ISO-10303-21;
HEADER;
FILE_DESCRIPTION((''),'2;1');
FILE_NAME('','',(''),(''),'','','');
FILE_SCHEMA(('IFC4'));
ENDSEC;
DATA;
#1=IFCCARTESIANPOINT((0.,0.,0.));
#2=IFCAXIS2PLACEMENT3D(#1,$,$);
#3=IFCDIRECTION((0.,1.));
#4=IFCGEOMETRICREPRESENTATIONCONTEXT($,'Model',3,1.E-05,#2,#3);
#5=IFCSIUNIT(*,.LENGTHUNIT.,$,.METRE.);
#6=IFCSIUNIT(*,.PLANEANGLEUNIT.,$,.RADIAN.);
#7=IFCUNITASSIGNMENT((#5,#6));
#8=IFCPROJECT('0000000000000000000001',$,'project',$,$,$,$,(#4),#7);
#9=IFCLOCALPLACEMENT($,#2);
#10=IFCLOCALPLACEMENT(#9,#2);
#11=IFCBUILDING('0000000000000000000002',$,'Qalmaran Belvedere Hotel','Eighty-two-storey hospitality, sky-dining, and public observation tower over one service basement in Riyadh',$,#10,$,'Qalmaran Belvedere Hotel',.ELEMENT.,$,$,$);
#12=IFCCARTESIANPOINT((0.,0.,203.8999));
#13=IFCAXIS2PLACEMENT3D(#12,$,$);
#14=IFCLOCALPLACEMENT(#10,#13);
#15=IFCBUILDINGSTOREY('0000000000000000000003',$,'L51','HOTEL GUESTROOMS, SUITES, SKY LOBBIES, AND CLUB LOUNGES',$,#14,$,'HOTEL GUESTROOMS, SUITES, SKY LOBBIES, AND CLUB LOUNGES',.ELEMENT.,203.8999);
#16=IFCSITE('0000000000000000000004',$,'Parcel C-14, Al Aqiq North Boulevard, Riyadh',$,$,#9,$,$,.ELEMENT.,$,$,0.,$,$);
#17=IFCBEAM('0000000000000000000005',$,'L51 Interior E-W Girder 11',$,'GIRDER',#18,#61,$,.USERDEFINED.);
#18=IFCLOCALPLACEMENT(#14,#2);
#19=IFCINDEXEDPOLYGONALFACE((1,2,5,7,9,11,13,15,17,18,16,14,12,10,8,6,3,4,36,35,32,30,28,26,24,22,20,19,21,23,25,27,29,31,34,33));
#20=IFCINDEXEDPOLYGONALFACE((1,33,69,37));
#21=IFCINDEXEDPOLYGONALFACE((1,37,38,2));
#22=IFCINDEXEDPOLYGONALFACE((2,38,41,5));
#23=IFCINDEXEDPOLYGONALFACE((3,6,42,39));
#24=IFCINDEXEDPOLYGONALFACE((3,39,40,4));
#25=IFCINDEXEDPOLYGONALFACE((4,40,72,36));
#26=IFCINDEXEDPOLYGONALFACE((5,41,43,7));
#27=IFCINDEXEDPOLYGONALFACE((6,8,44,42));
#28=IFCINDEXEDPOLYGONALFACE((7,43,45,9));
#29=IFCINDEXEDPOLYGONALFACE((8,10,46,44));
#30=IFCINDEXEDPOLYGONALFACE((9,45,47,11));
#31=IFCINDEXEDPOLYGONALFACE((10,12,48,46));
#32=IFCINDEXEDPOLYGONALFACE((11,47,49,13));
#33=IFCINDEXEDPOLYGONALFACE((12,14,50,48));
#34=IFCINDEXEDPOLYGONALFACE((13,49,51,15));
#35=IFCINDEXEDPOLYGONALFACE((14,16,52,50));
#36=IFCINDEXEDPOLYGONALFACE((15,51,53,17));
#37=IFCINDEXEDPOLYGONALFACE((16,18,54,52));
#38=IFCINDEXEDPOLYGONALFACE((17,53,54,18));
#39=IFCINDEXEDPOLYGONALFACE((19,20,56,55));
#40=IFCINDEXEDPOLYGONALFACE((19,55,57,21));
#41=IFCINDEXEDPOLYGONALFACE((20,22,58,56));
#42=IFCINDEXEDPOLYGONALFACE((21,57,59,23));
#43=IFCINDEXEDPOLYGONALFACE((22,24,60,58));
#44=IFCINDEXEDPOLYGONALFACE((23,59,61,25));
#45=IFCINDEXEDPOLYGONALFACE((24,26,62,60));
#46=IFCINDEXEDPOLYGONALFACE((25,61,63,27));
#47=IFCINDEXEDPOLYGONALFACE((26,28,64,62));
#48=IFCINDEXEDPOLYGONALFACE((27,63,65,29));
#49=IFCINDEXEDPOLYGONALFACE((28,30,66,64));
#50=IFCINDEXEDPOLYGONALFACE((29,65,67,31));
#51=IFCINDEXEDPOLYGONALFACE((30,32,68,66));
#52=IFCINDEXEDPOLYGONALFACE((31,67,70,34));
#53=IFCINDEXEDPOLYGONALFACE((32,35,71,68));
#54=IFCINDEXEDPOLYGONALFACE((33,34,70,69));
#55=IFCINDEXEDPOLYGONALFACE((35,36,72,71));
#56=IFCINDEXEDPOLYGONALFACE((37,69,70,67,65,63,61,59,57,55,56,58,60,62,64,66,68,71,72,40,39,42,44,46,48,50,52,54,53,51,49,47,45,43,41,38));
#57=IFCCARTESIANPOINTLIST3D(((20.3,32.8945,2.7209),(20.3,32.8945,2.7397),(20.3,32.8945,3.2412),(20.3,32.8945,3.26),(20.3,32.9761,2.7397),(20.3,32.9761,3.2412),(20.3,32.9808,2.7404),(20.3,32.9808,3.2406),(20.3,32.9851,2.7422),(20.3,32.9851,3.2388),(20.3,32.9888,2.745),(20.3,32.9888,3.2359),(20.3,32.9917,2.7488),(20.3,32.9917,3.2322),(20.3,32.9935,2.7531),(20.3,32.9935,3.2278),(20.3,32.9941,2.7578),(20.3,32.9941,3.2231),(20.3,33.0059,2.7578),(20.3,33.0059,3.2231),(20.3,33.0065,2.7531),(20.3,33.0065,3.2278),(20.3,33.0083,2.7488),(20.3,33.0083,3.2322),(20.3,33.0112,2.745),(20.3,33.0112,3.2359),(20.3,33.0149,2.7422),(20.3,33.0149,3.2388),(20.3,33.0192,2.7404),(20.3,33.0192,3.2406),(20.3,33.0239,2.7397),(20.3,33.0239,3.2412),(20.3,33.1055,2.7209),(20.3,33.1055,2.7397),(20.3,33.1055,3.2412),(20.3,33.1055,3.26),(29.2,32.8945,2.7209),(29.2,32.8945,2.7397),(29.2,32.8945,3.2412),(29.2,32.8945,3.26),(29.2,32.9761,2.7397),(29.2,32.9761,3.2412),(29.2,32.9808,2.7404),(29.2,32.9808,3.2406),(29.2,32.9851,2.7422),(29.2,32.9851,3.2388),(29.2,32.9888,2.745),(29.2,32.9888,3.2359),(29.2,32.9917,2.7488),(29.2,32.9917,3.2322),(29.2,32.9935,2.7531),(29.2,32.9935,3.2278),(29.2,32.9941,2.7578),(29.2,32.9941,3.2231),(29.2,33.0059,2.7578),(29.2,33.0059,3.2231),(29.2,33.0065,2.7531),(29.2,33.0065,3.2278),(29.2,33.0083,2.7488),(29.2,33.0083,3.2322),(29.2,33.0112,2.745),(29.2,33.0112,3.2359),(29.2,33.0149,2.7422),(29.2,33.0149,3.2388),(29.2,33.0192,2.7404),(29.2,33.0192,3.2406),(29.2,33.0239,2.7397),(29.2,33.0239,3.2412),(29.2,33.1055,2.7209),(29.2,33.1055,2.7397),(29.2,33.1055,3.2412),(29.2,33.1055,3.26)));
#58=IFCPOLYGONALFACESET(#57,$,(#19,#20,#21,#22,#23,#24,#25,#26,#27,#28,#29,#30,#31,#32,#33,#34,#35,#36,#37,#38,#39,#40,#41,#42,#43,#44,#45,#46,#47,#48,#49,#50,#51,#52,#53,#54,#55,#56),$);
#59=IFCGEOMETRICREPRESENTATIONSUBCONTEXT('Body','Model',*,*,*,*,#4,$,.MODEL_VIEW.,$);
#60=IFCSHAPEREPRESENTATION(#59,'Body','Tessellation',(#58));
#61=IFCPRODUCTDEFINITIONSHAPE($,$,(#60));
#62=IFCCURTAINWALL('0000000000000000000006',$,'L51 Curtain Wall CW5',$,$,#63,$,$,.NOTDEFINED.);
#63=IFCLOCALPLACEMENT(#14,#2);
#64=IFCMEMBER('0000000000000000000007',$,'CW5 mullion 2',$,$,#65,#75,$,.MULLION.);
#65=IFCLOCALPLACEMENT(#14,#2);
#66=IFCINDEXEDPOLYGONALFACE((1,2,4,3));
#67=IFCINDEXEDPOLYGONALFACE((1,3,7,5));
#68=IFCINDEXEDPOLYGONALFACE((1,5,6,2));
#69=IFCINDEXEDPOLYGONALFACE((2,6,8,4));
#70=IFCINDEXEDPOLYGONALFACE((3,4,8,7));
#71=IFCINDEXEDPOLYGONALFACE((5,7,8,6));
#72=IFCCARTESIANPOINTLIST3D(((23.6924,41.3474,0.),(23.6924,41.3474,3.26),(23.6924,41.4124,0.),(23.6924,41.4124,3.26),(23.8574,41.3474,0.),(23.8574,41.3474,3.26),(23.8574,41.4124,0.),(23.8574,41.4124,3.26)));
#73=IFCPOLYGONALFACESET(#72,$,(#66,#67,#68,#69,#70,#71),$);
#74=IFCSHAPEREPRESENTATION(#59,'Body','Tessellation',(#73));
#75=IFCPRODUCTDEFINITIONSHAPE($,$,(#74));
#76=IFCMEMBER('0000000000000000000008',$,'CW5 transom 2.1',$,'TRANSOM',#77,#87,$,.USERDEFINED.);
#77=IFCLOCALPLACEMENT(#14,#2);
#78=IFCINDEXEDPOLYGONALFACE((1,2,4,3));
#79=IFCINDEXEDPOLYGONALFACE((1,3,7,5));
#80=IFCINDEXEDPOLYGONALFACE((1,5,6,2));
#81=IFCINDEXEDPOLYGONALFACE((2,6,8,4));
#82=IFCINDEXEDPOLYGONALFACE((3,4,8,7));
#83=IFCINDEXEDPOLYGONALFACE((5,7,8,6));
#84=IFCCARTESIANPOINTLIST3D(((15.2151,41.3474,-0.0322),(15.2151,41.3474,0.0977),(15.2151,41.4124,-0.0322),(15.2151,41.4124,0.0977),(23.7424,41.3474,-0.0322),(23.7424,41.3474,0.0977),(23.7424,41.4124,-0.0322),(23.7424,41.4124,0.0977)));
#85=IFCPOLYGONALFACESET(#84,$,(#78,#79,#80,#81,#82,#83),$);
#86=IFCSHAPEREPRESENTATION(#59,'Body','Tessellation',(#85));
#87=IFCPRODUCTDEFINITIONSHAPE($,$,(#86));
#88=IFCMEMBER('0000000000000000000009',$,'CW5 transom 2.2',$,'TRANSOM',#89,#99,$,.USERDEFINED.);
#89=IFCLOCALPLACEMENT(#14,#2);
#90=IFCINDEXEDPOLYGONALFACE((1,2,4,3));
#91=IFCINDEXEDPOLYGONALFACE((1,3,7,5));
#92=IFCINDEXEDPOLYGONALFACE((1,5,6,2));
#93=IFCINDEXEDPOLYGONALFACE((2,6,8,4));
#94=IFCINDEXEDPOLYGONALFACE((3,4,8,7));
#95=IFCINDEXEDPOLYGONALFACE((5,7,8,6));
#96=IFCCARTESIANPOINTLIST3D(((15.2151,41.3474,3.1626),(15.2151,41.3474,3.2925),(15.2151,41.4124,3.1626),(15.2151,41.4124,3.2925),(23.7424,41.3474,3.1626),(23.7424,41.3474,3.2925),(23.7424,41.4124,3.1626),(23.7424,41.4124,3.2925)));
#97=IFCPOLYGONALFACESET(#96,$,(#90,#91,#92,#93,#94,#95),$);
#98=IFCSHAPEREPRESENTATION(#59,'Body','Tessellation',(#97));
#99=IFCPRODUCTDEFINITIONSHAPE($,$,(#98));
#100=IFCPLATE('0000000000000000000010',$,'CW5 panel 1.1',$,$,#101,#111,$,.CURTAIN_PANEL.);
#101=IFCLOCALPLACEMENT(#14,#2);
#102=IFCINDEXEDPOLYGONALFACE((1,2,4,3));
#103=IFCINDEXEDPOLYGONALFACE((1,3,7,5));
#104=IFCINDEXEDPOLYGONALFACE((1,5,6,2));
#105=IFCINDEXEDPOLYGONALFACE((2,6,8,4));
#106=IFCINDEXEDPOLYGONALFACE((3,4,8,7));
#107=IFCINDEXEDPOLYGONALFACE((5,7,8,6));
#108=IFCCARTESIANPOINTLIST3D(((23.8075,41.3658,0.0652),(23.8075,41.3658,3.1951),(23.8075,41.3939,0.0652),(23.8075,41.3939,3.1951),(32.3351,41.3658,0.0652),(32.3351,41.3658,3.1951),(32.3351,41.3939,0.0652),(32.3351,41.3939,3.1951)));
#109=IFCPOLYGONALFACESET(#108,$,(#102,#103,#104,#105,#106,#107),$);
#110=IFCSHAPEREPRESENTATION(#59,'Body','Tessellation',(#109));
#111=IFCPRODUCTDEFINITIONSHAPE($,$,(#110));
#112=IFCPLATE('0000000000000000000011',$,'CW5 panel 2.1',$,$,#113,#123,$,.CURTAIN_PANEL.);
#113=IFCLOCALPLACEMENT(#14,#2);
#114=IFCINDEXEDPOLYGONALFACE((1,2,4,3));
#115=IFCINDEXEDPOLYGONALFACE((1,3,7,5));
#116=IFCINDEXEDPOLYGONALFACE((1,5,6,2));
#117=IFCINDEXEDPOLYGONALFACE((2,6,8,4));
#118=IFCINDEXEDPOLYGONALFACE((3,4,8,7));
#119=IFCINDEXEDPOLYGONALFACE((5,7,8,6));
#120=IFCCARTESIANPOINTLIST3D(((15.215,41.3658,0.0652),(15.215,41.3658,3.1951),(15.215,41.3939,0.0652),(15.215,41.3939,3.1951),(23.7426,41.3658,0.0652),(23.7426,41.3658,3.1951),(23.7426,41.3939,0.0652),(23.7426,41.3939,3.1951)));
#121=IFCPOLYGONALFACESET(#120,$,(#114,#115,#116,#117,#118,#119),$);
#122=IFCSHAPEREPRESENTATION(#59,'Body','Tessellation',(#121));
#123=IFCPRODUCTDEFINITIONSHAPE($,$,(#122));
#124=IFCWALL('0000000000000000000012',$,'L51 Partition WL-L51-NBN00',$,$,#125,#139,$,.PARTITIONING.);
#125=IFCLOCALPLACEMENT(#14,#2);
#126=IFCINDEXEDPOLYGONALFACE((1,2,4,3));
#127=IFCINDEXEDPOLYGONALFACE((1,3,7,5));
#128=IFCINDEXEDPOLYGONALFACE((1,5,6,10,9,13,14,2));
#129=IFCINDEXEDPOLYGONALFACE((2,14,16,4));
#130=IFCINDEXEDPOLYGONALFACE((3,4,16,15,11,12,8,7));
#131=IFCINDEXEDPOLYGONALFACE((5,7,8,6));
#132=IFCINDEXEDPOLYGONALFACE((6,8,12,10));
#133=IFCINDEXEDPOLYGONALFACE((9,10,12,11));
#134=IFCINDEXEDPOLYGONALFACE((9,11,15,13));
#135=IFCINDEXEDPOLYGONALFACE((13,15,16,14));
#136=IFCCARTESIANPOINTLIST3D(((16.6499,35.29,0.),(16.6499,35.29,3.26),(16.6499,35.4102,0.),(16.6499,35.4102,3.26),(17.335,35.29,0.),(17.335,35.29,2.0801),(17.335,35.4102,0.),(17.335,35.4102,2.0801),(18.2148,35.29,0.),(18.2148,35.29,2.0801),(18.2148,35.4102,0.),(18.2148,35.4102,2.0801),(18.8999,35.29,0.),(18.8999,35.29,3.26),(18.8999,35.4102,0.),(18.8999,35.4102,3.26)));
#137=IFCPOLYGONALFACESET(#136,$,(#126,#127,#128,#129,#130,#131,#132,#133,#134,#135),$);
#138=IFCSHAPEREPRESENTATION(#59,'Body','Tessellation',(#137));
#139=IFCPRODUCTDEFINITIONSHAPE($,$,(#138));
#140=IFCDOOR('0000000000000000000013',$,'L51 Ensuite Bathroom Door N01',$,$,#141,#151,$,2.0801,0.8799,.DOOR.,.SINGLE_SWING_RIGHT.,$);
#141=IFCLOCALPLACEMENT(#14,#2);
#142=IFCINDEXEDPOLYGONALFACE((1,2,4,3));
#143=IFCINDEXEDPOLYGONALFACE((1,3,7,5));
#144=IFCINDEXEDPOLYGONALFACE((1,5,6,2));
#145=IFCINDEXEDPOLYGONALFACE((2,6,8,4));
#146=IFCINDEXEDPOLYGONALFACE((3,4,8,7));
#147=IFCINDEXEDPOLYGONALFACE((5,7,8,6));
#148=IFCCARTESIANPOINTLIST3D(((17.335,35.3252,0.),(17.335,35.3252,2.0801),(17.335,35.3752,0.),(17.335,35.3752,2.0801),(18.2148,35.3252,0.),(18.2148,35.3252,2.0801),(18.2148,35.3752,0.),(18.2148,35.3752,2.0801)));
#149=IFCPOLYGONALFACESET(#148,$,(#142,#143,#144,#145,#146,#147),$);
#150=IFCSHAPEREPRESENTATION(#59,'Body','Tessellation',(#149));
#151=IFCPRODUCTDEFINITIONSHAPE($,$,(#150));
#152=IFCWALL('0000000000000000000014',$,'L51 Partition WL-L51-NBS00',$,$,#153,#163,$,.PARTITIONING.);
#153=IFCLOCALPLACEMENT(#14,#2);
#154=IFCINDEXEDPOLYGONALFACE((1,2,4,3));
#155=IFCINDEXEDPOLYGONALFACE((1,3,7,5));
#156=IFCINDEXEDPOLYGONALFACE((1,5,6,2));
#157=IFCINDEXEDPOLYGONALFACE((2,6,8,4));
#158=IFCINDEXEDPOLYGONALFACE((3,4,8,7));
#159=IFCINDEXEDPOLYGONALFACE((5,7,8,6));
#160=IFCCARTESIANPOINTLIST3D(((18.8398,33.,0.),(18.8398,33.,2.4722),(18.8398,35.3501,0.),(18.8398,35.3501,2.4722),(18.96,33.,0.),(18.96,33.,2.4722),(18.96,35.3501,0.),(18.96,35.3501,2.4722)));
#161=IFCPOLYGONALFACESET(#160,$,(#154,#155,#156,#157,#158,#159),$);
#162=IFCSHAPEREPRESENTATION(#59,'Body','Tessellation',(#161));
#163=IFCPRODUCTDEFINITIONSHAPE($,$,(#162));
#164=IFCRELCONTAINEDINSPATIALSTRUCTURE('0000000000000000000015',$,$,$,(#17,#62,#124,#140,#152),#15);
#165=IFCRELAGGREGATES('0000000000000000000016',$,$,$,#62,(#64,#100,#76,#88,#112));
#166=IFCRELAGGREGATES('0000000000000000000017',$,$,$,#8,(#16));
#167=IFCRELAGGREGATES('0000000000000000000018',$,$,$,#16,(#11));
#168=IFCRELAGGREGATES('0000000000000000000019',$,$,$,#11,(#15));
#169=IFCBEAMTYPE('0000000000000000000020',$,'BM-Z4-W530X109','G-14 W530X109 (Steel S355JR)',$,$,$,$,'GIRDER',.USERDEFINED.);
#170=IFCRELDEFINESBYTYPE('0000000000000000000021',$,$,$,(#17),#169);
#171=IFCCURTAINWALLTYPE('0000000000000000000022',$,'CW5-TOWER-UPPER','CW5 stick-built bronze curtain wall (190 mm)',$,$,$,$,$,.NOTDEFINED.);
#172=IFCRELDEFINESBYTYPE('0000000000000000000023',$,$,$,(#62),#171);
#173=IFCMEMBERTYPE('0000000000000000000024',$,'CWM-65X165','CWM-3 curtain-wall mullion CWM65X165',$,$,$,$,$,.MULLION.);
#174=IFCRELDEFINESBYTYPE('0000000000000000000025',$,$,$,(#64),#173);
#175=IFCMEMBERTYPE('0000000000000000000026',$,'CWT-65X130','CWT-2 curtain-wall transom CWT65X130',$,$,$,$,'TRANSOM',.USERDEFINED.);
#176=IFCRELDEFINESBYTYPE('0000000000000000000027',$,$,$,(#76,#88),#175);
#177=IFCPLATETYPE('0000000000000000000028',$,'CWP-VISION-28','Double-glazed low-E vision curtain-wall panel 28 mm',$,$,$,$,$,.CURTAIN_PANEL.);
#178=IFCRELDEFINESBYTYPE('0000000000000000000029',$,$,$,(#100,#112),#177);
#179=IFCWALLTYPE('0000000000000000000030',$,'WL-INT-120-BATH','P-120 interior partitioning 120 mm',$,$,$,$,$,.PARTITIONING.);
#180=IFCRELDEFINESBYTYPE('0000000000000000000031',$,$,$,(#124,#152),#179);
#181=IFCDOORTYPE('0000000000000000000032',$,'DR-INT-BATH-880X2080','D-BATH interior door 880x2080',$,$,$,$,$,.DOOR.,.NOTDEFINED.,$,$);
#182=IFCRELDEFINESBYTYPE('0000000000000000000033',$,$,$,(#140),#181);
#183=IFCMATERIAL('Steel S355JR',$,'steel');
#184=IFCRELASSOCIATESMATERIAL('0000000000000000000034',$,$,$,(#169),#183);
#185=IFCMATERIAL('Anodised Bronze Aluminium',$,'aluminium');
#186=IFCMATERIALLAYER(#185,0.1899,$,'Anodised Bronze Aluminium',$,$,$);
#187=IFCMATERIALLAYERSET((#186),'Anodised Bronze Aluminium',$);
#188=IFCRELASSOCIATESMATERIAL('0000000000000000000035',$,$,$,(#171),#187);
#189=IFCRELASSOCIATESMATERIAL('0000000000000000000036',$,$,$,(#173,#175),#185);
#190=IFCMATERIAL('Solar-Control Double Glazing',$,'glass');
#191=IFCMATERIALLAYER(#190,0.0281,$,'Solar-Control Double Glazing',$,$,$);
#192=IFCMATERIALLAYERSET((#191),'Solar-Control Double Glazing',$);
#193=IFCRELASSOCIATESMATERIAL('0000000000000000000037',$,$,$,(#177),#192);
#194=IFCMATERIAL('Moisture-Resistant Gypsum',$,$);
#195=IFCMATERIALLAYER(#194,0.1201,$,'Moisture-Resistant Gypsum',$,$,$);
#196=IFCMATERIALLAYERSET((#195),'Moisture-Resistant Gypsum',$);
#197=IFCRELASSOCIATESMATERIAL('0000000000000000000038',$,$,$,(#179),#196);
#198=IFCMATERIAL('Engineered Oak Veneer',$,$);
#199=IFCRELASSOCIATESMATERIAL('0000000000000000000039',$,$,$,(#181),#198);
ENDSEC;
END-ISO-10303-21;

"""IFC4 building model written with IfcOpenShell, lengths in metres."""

from ifc_helpers import new_model, si_unit, direction, frame, frame_2d, origin, origin_2d, place, context, subcontext, project, spatial, rectangle, i_section, extrude, material, layer, layer_set, material_profile, profile_set, type_object, element, fill, aggregate, save


model = new_model("IFC4")

# Units and contexts
model_context = context("Model", 3, precision=1e-05, world=origin(), true_north=direction((0.0, 1.0)))
body_context = subcontext(model_context, "Body", "Model", "MODEL_VIEW")
ifc_project = project(units=[si_unit("LENGTHUNIT", "METRE"), si_unit("PLANEANGLEUNIT", "RADIAN")], contexts=[model_context])

# Site, building, storey
site_placement = place(None, origin())
site = spatial("IfcSite", under=ifc_project, at=site_placement, Name="Parcel C-14, Al Aqiq North Boulevard, Riyadh", CompositionType="ELEMENT", RefElevation=0.0)
building_placement = place(site_placement, origin())
building = spatial("IfcBuilding", under=site, at=building_placement, Name="Qalmaran Belvedere Hotel", Description="Eighty-two-storey hospitality, sky-dining, and public observation tower over one service basement in Riyadh", LongName="Qalmaran Belvedere Hotel", CompositionType="ELEMENT")
storey_placement = place(building_placement, frame((0.0, 0.0, 203.8999)))
storey = spatial("IfcBuildingStorey", under=building, at=storey_placement, Name="L51", Description="HOTEL GUESTROOMS, SUITES, SKY LOBBIES, AND CLUB LOUNGES", LongName="HOTEL GUESTROOMS, SUITES, SKY LOBBIES, AND CLUB LOUNGES", CompositionType="ELEMENT", Elevation=203.8999)

# Beam
ifc_material_1 = material(Name="Steel S355JR", Category="steel")
ifc_material_profile_1 = material_profile(ifc_material_1, i_section(OverallWidth=0.2109, OverallDepth=0.5391, WebThickness=0.0117, FlangeThickness=0.0188, FilletRadius=0.0181, at=origin_2d()), Name="W530X109")
ifc_profile_set_1 = profile_set([ifc_material_profile_1], Name="Steel S355JR")
beam_type_1 = type_object("IfcBeamType", Name="BM-Z4-W530X109", Description="G-14 W530X109 (Steel S355JR)", ElementType="GIRDER", PredefinedType="USERDEFINED", material=ifc_profile_set_1)
beam_1_placement = place(storey_placement, frame((20.3, 33.0, 2.9905), z_axis=(1.0, 0.0, 0.0), x_axis=(0.0, 1.0, 0.0)))
element("IfcBeam", 1, at=beam_1_placement, inside=storey, type_object=beam_type_1, Name="L51 Interior E-W Girder 11", ObjectType="GIRDER", PredefinedType="USERDEFINED", context=body_context, shape_type="SweptSolid", body=[
    extrude(i_section(OverallWidth=0.2109, OverallDepth=0.5391, WebThickness=0.0117, FlangeThickness=0.0188, FilletRadius=0.0181, at=origin_2d()), origin(), (0.0, 0.0, 1.0), 8.8999),
])

# Curtain wall, members, plates
ifc_material_2 = material(Name="Anodised Bronze Aluminium", Category="aluminium")
ifc_layer_1 = layer(ifc_material_2, 0.1899, Name="Anodised Bronze Aluminium")
ifc_layer_set_1 = layer_set([ifc_layer_1], Name="Anodised Bronze Aluminium")
curtain_wall_type = type_object("IfcCurtainWallType", Name="CW5-TOWER-UPPER", Description="CW5 stick-built bronze curtain wall (190 mm)", PredefinedType="NOTDEFINED", material=ifc_layer_set_1)
curtain_wall_placement = place(storey_placement, origin())
curtain_wall = element("IfcCurtainWall", 2, at=curtain_wall_placement, inside=storey, type_object=curtain_wall_type, Name="L51 Curtain Wall CW5", PredefinedType="NOTDEFINED")
ifc_material_profile_2 = material_profile(ifc_material_2, rectangle(XDim=0.0649, YDim=0.165, at=origin_2d()), Name="CWM65X165")
ifc_profile_set_2 = profile_set([ifc_material_profile_2], Name="Anodised Bronze Aluminium")
member_type_1 = type_object("IfcMemberType", Name="CWM-65X165", Description="CWM-3 curtain-wall mullion CWM65X165", PredefinedType="MULLION", material=ifc_profile_set_2)
member_1_placement = place(storey_placement, frame((23.7749, 41.3799, 0.0), z_axis=(0.0, 0.0, 1.0), x_axis=(0.0, -1.0, 0.0)))
member_1 = element("IfcMember", 3, at=member_1_placement, type_object=member_type_1, Name="CW5 mullion 2", PredefinedType="MULLION", context=body_context, shape_type="SweptSolid", body=[
    extrude(rectangle(XDim=0.0649, YDim=0.165, at=origin_2d()), origin(), (0.0, 0.0, 1.0), 3.26),
])
ifc_material_profile_3 = material_profile(ifc_material_2, rectangle(XDim=0.0649, YDim=0.1299, at=origin_2d()), Name="CWT65X130")
ifc_profile_set_3 = profile_set([ifc_material_profile_3], Name="Anodised Bronze Aluminium")
member_type_2 = type_object("IfcMemberType", Name="CWT-65X130", Description="CWT-2 curtain-wall transom CWT65X130", ElementType="TRANSOM", PredefinedType="USERDEFINED", material=ifc_profile_set_3)
member_2_placement = place(storey_placement, frame((23.7424, 41.3799, 0.0327), z_axis=(-1.0, 0.0, 0.0), x_axis=(0.0, -1.0, 0.0)))
member_2 = element("IfcMember", 4, at=member_2_placement, type_object=member_type_2, Name="CW5 transom 2.1", ObjectType="TRANSOM", PredefinedType="USERDEFINED", context=body_context, shape_type="SweptSolid", body=[
    extrude(rectangle(XDim=0.0649, YDim=0.1299, at=origin_2d()), origin(), (0.0, 0.0, 1.0), 8.5273),
])
member_3_placement = place(storey_placement, frame((23.7424, 41.3799, 3.2275), z_axis=(-1.0, 0.0, 0.0), x_axis=(0.0, -1.0, 0.0)))
member_3 = element("IfcMember", 5, at=member_3_placement, type_object=member_type_2, Name="CW5 transom 2.2", ObjectType="TRANSOM", PredefinedType="USERDEFINED", context=body_context, shape_type="SweptSolid", body=[
    extrude(rectangle(XDim=0.0649, YDim=0.1299, at=origin_2d()), origin(), (0.0, 0.0, 1.0), 8.5273),
])
ifc_material_3 = material(Name="Solar-Control Double Glazing", Category="glass")
ifc_layer_2 = layer(ifc_material_3, 0.0281, Name="Solar-Control Double Glazing")
ifc_layer_set_2 = layer_set([ifc_layer_2], Name="Solar-Control Double Glazing")
plate_type = type_object("IfcPlateType", Name="CWP-VISION-28", Description="Double-glazed low-E vision curtain-wall panel 28 mm", PredefinedType="CURTAIN_PANEL", material=ifc_layer_set_2)
plate_1_placement = place(storey_placement, frame((28.0713, 41.3799, 0.0652), z_axis=(0.0, 0.0, 1.0), x_axis=(-1.0, 0.0, 0.0)))
plate_1 = element("IfcPlate", 6, at=plate_1_placement, type_object=plate_type, Name="CW5 panel 1.1", PredefinedType="CURTAIN_PANEL", context=body_context, shape_type="SweptSolid", body=[
    extrude(rectangle(XDim=8.5276, YDim=0.0281, at=origin_2d()), origin(), (0.0, 0.0, 1.0), 3.1299),
])
plate_2_placement = place(storey_placement, frame((19.4788, 41.3799, 0.0652), z_axis=(0.0, 0.0, 1.0), x_axis=(-1.0, 0.0, 0.0)))
plate_2 = element("IfcPlate", 7, at=plate_2_placement, type_object=plate_type, Name="CW5 panel 2.1", PredefinedType="CURTAIN_PANEL", context=body_context, shape_type="SweptSolid", body=[
    extrude(rectangle(XDim=8.5276, YDim=0.0281, at=origin_2d()), origin(), (0.0, 0.0, 1.0), 3.1299),
])
aggregate(curtain_wall, [member_1, plate_1, member_2, member_3, plate_2])

# Wall, opening, door
ifc_material_4 = material(Name="Moisture-Resistant Gypsum")
ifc_layer_3 = layer(ifc_material_4, 0.1201, Name="Moisture-Resistant Gypsum")
ifc_layer_set_3 = layer_set([ifc_layer_3], Name="Moisture-Resistant Gypsum")
wall_type_1 = type_object("IfcWallType", Name="WL-INT-120-BATH", Description="P-120 interior partitioning 120 mm", PredefinedType="PARTITIONING", material=ifc_layer_set_3)
wall_1_placement = place(storey_placement, frame((16.6499, 35.3501, 0.0), z_axis=(0.0, 0.0, 1.0), x_axis=(1.0, 0.0, 0.0)))
wall_1 = element("IfcWall", 8, at=wall_1_placement, inside=storey, type_object=wall_type_1, Name="L51 Partition WL-L51-NBN00", PredefinedType="PARTITIONING", context=body_context, shape_type="SweptSolid", body=[
    extrude(rectangle(XDim=2.25, YDim=0.1201, at=frame_2d((1.125, 0.0))), origin(), (0.0, 0.0, 1.0), 3.26),
])
opening_1_placement = place(wall_1_placement, frame((1.5649, 0.0, 0.0), z_axis=(0.0, 0.0, 1.0), x_axis=(-1.0, 0.0, 0.0)))
opening_1 = element("IfcOpeningElement", 9, at=opening_1_placement, cuts=wall_1, PredefinedType="OPENING", context=body_context, shape_type="SweptSolid", body=[
    extrude(rectangle(XDim=0.8799, YDim=2.0801, at=frame_2d((0.4399, 1.04))), frame((0.0, 0.0701, 0.0), z_axis=(0.0, -1.0, 0.0), x_axis=(1.0, 0.0, 0.0)), (0.0, 0.0, 1.0), 0.1401),
])
ifc_material_5 = material(Name="Engineered Oak Veneer")
door_type_1 = type_object("IfcDoorType", Name="DR-INT-BATH-880X2080", Description="D-BATH interior door 880x2080", OperationType="NOTDEFINED", PredefinedType="DOOR", material=ifc_material_5)
door_1_placement = place(opening_1_placement, origin())
door_1 = element("IfcDoor", 10, at=door_1_placement, inside=storey, type_object=door_type_1, Name="L51 Ensuite Bathroom Door N01", OperationType="SINGLE_SWING_RIGHT", OverallHeight=2.0801, OverallWidth=0.8799, PredefinedType="DOOR", context=body_context, shape_type="SweptSolid", body=[
    extrude(rectangle(XDim=0.8799, YDim=2.0801, at=frame_2d((0.4399, 1.04))), frame((0.0, 0.0249, 0.0), z_axis=(0.0, -1.0, 0.0), x_axis=(1.0, 0.0, 0.0)), (0.0, 0.0, 1.0), 0.05),
])
fill(opening_1, door_1)

# Wall
wall_2_placement = place(storey_placement, frame((18.8999, 33.0, 0.0), z_axis=(0.0, 0.0, 1.0), x_axis=(0.0, 1.0, 0.0)))
element("IfcWall", 11, at=wall_2_placement, inside=storey, type_object=wall_type_1, Name="L51 Partition WL-L51-NBS00", PredefinedType="PARTITIONING", context=body_context, shape_type="SweptSolid", body=[
    extrude(rectangle(XDim=2.3501, YDim=0.1201, at=frame_2d((1.175, 0.0))), origin(), (0.0, 0.0, 1.0), 2.4722),
])

save(model, "model.ifc")
